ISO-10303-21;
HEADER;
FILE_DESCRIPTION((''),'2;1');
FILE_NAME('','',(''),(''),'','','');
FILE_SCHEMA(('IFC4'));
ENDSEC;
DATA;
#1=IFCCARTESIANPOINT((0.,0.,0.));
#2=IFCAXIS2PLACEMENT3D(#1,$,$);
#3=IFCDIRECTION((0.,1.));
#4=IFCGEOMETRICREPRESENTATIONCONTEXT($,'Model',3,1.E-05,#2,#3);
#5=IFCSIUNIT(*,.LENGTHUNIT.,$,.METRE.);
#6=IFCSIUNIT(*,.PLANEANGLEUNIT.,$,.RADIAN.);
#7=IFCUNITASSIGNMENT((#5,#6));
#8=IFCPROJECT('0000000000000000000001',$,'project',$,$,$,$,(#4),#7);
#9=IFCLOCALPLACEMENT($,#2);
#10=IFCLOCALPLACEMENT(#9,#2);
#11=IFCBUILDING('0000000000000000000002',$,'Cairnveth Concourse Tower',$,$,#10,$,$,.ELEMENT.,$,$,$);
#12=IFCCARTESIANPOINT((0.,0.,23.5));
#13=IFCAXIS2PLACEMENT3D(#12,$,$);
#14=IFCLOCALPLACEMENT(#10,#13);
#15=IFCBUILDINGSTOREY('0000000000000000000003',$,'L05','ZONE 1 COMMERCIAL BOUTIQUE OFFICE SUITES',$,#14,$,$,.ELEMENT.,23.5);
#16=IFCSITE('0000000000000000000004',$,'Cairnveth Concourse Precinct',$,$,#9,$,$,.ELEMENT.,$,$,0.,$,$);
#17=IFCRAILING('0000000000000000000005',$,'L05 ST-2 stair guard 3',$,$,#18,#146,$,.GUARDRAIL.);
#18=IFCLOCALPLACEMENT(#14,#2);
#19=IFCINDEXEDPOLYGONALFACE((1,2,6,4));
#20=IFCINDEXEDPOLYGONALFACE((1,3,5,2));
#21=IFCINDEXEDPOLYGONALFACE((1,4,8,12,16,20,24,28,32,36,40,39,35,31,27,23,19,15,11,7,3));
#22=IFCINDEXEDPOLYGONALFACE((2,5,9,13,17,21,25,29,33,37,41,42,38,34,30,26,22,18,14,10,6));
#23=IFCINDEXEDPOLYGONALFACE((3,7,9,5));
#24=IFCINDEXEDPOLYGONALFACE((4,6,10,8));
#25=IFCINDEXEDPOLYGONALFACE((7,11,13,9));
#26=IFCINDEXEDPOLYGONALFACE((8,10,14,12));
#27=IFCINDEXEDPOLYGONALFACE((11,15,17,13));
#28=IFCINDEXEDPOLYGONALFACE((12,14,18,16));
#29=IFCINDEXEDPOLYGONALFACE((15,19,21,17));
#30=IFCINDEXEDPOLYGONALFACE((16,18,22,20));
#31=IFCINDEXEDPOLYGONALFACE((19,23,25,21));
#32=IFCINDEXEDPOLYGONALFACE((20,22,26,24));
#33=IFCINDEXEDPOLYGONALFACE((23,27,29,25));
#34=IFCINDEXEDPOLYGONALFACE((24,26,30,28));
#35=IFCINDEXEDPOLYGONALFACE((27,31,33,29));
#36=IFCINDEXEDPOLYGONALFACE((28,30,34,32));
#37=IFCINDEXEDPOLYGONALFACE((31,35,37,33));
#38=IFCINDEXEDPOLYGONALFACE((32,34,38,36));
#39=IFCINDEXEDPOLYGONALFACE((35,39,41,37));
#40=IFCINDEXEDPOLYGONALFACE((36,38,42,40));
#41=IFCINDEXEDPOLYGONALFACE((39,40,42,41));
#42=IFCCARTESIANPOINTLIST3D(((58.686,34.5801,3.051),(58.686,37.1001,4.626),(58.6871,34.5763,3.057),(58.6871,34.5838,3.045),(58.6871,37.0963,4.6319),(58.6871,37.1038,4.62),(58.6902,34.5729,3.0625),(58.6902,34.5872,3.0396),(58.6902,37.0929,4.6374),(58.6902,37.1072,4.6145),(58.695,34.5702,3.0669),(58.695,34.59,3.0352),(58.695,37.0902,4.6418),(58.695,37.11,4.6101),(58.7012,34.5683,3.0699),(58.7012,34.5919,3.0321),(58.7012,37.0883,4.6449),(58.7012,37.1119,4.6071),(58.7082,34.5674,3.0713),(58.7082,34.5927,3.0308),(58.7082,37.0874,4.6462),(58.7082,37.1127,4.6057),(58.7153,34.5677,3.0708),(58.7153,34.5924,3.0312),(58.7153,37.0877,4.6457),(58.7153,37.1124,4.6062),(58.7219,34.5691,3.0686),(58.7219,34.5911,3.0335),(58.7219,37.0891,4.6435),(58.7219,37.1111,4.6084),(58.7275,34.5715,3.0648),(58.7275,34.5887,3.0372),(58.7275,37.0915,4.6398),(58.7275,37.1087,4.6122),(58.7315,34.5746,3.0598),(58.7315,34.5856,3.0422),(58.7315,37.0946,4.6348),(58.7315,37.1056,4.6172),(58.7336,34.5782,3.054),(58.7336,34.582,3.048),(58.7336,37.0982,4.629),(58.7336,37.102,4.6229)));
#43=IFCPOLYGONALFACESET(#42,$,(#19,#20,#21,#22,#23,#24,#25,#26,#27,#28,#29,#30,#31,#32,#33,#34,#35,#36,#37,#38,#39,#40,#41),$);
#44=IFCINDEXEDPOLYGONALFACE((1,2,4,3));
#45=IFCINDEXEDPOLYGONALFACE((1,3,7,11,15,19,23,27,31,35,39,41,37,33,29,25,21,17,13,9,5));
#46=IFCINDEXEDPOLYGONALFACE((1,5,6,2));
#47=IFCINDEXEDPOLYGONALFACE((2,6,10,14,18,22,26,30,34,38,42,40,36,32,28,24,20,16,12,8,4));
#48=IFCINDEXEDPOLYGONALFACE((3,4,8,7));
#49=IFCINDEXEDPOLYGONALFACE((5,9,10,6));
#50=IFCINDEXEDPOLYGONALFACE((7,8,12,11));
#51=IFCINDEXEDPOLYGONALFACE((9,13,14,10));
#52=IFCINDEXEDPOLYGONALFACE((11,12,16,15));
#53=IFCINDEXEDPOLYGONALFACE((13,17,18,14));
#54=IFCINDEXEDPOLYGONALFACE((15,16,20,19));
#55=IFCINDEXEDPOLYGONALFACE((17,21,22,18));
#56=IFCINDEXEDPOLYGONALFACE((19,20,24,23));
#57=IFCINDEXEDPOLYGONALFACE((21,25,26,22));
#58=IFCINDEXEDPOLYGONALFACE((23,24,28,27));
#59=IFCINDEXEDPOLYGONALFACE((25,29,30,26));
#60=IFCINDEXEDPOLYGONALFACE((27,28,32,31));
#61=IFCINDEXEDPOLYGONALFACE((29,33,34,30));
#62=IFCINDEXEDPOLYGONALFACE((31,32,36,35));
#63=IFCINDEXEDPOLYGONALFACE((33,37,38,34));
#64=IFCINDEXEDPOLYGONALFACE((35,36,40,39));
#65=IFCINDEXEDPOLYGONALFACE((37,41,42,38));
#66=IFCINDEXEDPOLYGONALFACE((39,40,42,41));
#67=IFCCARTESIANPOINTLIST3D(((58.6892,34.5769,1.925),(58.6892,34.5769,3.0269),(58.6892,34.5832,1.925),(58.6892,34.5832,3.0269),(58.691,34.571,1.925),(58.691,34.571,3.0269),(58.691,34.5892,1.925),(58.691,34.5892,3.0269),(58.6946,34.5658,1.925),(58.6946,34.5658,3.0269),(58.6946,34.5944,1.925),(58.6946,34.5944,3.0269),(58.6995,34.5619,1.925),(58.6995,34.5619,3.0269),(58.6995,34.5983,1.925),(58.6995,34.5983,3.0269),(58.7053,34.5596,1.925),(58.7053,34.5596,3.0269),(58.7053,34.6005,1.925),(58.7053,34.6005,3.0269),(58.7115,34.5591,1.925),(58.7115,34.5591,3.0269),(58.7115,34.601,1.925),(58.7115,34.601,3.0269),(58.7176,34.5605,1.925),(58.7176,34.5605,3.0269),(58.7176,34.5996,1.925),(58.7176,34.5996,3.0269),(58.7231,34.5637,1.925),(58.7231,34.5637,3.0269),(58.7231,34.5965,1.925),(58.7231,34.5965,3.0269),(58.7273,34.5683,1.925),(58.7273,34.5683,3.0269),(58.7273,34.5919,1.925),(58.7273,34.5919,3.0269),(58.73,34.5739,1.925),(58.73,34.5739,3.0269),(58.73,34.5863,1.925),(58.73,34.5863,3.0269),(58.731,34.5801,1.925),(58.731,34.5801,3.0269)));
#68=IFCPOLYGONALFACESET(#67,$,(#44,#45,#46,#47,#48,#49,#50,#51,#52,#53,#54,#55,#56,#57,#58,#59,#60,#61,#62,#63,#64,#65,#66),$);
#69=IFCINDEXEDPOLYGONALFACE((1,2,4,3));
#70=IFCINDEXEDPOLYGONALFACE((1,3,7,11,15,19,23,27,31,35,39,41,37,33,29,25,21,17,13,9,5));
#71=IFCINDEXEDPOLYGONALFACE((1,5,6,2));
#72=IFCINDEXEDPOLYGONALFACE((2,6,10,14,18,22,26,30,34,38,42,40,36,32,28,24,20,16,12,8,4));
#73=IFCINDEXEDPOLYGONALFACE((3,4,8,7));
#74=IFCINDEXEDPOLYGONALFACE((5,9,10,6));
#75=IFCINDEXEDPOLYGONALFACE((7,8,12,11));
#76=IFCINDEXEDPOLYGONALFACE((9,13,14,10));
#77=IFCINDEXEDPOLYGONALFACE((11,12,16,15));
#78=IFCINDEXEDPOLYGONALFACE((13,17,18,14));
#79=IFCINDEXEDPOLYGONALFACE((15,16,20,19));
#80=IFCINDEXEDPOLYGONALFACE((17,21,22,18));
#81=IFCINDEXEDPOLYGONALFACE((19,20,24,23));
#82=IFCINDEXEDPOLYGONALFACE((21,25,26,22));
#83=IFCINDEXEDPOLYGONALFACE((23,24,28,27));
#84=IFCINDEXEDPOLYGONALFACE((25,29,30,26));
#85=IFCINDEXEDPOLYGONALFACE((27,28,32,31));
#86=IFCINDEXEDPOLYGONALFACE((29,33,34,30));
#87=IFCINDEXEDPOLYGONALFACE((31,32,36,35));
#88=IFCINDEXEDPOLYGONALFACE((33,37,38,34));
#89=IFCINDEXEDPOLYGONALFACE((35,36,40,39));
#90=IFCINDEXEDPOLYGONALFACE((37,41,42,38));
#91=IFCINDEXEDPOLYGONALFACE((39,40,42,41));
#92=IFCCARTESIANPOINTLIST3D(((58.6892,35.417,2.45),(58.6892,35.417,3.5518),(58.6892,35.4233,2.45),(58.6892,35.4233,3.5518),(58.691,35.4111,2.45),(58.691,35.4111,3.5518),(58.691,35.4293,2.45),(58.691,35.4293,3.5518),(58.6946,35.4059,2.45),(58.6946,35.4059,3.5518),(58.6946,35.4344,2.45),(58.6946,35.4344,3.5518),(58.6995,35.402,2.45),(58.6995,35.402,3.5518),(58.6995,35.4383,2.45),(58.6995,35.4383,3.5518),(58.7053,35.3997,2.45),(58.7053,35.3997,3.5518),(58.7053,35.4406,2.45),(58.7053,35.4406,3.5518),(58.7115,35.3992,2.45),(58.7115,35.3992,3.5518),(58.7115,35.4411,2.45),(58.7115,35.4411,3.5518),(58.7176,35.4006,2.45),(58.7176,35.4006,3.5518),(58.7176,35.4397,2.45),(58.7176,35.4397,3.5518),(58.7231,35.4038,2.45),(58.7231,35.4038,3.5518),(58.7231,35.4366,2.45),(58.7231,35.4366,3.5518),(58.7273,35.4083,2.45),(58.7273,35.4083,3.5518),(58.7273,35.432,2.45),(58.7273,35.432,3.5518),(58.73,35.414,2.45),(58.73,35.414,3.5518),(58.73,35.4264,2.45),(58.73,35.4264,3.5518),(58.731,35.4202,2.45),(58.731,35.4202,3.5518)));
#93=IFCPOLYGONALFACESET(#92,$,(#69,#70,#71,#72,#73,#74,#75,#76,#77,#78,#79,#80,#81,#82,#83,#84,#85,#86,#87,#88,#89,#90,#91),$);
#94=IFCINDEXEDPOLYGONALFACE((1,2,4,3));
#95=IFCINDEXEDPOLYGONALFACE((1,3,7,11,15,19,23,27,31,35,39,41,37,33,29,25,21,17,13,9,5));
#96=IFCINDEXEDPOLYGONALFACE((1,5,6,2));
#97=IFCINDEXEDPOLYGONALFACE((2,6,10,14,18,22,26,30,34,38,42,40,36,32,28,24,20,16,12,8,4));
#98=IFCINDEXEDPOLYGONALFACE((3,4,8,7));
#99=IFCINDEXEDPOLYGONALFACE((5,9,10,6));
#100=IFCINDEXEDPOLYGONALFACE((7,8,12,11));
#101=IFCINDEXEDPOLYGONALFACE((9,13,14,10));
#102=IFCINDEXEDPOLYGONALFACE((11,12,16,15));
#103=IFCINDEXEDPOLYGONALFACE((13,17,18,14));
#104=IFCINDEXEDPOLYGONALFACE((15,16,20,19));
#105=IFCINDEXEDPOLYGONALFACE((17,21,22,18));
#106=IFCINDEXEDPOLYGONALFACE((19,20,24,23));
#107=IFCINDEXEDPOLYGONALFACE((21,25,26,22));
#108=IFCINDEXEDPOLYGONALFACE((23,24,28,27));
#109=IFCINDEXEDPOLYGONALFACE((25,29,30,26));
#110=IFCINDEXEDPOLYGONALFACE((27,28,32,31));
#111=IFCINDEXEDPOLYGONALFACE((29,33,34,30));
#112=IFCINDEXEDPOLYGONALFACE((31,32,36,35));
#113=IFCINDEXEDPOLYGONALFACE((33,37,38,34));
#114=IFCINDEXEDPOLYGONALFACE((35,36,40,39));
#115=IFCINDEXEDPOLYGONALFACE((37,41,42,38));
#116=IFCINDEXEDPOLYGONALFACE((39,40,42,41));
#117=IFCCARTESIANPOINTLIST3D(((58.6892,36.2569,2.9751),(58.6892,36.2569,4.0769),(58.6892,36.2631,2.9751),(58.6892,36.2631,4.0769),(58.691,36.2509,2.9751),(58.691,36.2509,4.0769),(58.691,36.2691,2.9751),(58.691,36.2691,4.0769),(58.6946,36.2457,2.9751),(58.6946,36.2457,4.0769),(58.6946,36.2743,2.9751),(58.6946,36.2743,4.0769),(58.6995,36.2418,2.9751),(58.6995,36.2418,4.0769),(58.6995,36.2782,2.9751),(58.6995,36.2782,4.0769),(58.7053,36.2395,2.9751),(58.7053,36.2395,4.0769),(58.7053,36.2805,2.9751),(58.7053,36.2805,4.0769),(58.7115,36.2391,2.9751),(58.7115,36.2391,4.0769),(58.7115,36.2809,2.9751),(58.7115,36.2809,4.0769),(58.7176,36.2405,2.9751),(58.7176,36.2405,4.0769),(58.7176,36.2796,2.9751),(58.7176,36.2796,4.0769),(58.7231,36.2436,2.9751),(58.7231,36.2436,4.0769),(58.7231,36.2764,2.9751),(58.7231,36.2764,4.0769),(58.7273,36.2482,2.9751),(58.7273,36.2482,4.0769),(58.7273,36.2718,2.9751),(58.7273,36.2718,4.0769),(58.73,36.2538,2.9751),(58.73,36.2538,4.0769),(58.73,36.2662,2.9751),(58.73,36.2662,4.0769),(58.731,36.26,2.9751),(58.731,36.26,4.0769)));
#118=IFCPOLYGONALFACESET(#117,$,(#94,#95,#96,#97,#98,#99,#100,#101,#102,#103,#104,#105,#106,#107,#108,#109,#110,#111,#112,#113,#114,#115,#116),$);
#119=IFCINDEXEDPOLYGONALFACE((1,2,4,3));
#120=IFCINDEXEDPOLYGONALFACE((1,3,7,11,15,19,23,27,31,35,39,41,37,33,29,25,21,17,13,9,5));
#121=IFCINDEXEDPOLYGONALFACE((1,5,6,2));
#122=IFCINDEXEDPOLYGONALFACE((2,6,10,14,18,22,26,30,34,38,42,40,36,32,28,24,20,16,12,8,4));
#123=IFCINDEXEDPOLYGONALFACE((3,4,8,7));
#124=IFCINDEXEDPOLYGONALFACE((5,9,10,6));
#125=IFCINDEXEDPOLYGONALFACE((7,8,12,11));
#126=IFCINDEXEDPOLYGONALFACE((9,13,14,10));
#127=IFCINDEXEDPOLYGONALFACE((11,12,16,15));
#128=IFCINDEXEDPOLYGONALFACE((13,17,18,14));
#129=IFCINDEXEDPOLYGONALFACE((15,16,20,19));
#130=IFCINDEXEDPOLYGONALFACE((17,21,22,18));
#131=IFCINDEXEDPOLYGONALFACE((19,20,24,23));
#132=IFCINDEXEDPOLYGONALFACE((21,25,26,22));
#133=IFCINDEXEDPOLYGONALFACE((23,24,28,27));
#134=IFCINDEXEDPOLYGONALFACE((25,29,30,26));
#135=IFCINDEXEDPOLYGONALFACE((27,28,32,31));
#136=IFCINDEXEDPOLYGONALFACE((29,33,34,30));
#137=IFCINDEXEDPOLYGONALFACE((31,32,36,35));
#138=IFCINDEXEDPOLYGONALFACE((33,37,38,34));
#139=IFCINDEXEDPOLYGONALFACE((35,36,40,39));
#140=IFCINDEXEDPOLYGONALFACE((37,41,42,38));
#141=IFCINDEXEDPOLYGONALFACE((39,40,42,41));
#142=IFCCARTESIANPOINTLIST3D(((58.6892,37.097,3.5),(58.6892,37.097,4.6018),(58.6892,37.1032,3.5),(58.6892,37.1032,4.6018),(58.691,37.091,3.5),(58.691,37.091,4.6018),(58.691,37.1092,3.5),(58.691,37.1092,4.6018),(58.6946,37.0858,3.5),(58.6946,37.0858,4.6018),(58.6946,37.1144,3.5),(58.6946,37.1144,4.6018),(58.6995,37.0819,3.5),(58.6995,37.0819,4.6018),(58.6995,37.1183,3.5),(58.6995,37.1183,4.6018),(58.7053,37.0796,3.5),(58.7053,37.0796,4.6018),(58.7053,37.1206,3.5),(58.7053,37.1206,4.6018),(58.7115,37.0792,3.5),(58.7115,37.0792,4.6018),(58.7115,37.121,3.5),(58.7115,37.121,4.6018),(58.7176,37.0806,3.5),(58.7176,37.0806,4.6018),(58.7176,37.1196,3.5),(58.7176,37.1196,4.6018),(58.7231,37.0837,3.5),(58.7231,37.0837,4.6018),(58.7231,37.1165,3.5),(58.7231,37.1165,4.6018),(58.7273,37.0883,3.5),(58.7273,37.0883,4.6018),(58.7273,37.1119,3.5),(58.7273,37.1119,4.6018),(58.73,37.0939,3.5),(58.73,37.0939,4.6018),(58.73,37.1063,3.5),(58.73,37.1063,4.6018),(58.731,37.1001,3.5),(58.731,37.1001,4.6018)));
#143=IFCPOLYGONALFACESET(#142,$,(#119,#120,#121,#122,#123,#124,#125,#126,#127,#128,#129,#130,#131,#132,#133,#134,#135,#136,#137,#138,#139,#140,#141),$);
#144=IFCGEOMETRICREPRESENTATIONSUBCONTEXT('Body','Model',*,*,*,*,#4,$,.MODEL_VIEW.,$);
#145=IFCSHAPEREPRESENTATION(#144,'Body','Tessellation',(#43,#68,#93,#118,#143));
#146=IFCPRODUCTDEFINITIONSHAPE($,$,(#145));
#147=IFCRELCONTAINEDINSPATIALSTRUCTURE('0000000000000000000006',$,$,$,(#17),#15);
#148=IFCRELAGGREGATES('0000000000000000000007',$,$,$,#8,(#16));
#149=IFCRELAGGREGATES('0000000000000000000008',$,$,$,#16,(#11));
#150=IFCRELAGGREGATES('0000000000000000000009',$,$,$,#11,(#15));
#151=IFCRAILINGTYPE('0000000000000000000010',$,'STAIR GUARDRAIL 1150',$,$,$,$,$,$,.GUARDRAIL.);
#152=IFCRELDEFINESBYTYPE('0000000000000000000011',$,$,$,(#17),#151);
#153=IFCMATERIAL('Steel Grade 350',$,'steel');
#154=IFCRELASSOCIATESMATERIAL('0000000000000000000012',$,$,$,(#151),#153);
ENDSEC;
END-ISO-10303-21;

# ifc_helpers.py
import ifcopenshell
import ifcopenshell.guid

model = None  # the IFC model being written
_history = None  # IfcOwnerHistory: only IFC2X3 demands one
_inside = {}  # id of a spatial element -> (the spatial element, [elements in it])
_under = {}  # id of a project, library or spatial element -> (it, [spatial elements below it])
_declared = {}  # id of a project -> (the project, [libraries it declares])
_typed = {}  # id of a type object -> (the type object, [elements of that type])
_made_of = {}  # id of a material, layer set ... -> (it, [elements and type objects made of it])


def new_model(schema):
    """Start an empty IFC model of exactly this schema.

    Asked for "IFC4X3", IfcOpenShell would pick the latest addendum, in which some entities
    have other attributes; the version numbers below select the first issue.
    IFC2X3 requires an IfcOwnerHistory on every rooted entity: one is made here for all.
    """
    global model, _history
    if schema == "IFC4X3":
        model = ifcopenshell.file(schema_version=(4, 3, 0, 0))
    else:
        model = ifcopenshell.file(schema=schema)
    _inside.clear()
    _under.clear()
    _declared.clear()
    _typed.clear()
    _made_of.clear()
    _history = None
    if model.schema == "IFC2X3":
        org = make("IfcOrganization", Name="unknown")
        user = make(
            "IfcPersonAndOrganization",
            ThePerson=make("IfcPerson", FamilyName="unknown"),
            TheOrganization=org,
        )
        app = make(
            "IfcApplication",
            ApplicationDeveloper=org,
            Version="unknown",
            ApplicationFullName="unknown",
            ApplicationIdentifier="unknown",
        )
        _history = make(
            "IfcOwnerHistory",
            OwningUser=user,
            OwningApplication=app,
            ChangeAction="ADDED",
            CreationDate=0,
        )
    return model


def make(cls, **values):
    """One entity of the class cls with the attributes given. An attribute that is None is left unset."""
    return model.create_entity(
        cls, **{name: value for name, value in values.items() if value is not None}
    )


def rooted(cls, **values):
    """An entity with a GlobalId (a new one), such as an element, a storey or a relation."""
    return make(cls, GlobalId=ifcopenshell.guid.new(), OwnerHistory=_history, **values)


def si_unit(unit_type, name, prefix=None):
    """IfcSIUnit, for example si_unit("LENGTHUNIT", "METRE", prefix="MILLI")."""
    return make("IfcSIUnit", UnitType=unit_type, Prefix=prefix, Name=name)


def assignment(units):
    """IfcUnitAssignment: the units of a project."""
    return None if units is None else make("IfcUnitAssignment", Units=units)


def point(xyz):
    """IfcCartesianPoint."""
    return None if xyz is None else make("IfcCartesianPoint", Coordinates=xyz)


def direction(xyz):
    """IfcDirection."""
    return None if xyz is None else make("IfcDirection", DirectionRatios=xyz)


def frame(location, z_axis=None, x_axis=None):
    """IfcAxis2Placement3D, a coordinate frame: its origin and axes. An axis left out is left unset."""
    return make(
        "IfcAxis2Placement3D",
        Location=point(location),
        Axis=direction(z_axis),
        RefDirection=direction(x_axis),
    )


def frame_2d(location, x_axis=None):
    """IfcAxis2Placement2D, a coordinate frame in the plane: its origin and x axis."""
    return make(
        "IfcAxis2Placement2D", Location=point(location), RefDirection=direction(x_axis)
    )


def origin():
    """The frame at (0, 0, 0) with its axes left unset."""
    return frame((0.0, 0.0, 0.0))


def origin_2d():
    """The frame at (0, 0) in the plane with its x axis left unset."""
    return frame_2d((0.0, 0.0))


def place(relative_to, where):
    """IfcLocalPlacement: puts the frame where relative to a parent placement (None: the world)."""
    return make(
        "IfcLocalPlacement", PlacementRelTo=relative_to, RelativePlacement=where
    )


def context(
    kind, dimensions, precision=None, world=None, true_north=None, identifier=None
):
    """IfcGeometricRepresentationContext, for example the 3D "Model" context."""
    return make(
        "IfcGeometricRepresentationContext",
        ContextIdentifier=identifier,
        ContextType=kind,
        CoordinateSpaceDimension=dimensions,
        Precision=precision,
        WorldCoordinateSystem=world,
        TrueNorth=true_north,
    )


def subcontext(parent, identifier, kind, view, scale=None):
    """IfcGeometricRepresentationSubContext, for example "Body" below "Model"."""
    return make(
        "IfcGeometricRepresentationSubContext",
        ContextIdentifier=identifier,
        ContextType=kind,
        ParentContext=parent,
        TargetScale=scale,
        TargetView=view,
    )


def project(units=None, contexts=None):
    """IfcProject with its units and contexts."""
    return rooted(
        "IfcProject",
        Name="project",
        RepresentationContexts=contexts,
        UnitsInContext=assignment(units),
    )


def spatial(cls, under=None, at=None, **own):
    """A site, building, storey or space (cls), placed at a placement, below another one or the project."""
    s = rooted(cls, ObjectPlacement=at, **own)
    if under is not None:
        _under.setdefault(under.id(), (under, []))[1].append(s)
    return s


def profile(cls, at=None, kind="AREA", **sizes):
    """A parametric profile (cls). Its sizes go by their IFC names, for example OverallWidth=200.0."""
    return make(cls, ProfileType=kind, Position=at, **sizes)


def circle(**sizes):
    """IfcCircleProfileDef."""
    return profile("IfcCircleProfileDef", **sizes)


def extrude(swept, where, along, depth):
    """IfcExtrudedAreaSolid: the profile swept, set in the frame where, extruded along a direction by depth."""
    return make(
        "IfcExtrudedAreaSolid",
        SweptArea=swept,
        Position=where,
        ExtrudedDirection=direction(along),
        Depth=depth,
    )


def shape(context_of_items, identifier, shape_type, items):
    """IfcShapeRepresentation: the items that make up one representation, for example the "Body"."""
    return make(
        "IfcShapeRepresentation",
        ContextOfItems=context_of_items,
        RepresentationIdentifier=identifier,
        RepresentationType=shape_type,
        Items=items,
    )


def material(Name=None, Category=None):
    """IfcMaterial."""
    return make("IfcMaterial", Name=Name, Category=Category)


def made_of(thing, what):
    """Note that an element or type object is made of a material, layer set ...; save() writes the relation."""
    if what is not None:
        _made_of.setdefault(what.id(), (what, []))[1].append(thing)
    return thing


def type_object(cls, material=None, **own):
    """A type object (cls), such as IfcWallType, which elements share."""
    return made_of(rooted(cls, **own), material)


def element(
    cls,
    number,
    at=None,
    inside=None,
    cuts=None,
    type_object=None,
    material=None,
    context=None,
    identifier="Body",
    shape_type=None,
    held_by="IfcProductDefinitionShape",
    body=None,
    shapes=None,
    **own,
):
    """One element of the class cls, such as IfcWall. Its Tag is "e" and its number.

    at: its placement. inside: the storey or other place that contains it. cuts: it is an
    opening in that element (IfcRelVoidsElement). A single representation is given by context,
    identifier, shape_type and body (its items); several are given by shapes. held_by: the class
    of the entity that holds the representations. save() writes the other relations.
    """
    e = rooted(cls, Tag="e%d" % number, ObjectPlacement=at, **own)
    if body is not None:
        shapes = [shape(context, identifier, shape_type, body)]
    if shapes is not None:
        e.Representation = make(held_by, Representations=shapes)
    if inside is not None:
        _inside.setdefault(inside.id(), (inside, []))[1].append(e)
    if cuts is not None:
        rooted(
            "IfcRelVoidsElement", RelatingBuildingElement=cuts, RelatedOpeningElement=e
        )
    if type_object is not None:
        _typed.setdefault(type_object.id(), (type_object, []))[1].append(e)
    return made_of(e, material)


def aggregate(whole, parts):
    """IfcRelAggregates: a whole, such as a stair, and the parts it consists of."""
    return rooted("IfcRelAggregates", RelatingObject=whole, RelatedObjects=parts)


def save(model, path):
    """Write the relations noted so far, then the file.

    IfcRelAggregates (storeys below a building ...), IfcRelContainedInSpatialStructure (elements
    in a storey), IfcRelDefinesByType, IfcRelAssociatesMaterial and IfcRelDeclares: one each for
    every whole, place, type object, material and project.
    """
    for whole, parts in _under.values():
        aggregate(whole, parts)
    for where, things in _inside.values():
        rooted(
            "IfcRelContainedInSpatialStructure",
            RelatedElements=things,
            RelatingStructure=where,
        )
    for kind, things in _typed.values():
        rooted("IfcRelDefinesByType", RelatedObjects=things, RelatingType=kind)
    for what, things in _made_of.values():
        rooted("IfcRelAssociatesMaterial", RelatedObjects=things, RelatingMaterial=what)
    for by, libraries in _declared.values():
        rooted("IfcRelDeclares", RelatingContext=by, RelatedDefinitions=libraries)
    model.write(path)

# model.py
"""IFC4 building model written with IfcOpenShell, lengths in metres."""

from ifc_helpers import new_model, si_unit, direction, frame, origin, origin_2d, place, context, subcontext, project, spatial, circle, extrude, material, type_object, element, save


model = new_model("IFC4")

# Units and contexts
model_context = context("Model", 3, precision=1e-05, world=origin(), true_north=direction((0.0, 1.0)))
body_context = subcontext(model_context, "Body", "Model", "MODEL_VIEW")
ifc_project = project(units=[si_unit("LENGTHUNIT", "METRE"), si_unit("PLANEANGLEUNIT", "RADIAN")], contexts=[model_context])

# Site, building, storey
site_placement = place(None, origin())
site = spatial("IfcSite", under=ifc_project, at=site_placement, Name="Cairnveth Concourse Precinct", CompositionType="ELEMENT", RefElevation=0.0)
building_placement = place(site_placement, origin())
building = spatial("IfcBuilding", under=site, at=building_placement, Name="Cairnveth Concourse Tower", CompositionType="ELEMENT")
storey_placement = place(building_placement, frame((0.0, 0.0, 23.5)))
storey = spatial("IfcBuildingStorey", under=building, at=storey_placement, Name="L05", Description="ZONE 1 COMMERCIAL BOUTIQUE OFFICE SUITES", CompositionType="ELEMENT", Elevation=23.5)

# Shared definitions
ifc_material_1 = material(Name="Steel Grade 350", Category="steel")

# Railing
railing_type_1 = type_object("IfcRailingType", Name="STAIR GUARDRAIL 1150", PredefinedType="GUARDRAIL", material=ifc_material_1)
railing_1_placement = place(storey_placement, frame((58.71, 34.5801, 1.925)))
element("IfcRailing", 1, at=railing_1_placement, inside=storey, type_object=railing_type_1, Name="L05 ST-2 stair guard 3", PredefinedType="GUARDRAIL", context=body_context, shape_type="SweptSolid", body=[
    extrude(circle(Radius=0.0239, at=origin_2d()), frame((0.0, 0.0, 1.126), z_axis=(0.0, 0.848008, 0.529984), x_axis=(-1.0, 0.0, 0.0)), (0.0, 0.0, 1.0), 2.9717),
    extrude(circle(Radius=0.021, at=origin_2d()), origin(), (0.0, 0.0, 1.0), 1.1018),
    extrude(circle(Radius=0.021, at=origin_2d()), frame((0.0, 0.8401, 0.5249)), (0.0, 0.0, 1.0), 1.1018),
    extrude(circle(Radius=0.021, at=origin_2d()), frame((0.0, 1.6799, 1.05)), (0.0, 0.0, 1.0), 1.1018),
    extrude(circle(Radius=0.021, at=origin_2d()), frame((0.0, 2.52, 1.575)), (0.0, 0.0, 1.0), 1.1018),
])

save(model, "model.ifc")
